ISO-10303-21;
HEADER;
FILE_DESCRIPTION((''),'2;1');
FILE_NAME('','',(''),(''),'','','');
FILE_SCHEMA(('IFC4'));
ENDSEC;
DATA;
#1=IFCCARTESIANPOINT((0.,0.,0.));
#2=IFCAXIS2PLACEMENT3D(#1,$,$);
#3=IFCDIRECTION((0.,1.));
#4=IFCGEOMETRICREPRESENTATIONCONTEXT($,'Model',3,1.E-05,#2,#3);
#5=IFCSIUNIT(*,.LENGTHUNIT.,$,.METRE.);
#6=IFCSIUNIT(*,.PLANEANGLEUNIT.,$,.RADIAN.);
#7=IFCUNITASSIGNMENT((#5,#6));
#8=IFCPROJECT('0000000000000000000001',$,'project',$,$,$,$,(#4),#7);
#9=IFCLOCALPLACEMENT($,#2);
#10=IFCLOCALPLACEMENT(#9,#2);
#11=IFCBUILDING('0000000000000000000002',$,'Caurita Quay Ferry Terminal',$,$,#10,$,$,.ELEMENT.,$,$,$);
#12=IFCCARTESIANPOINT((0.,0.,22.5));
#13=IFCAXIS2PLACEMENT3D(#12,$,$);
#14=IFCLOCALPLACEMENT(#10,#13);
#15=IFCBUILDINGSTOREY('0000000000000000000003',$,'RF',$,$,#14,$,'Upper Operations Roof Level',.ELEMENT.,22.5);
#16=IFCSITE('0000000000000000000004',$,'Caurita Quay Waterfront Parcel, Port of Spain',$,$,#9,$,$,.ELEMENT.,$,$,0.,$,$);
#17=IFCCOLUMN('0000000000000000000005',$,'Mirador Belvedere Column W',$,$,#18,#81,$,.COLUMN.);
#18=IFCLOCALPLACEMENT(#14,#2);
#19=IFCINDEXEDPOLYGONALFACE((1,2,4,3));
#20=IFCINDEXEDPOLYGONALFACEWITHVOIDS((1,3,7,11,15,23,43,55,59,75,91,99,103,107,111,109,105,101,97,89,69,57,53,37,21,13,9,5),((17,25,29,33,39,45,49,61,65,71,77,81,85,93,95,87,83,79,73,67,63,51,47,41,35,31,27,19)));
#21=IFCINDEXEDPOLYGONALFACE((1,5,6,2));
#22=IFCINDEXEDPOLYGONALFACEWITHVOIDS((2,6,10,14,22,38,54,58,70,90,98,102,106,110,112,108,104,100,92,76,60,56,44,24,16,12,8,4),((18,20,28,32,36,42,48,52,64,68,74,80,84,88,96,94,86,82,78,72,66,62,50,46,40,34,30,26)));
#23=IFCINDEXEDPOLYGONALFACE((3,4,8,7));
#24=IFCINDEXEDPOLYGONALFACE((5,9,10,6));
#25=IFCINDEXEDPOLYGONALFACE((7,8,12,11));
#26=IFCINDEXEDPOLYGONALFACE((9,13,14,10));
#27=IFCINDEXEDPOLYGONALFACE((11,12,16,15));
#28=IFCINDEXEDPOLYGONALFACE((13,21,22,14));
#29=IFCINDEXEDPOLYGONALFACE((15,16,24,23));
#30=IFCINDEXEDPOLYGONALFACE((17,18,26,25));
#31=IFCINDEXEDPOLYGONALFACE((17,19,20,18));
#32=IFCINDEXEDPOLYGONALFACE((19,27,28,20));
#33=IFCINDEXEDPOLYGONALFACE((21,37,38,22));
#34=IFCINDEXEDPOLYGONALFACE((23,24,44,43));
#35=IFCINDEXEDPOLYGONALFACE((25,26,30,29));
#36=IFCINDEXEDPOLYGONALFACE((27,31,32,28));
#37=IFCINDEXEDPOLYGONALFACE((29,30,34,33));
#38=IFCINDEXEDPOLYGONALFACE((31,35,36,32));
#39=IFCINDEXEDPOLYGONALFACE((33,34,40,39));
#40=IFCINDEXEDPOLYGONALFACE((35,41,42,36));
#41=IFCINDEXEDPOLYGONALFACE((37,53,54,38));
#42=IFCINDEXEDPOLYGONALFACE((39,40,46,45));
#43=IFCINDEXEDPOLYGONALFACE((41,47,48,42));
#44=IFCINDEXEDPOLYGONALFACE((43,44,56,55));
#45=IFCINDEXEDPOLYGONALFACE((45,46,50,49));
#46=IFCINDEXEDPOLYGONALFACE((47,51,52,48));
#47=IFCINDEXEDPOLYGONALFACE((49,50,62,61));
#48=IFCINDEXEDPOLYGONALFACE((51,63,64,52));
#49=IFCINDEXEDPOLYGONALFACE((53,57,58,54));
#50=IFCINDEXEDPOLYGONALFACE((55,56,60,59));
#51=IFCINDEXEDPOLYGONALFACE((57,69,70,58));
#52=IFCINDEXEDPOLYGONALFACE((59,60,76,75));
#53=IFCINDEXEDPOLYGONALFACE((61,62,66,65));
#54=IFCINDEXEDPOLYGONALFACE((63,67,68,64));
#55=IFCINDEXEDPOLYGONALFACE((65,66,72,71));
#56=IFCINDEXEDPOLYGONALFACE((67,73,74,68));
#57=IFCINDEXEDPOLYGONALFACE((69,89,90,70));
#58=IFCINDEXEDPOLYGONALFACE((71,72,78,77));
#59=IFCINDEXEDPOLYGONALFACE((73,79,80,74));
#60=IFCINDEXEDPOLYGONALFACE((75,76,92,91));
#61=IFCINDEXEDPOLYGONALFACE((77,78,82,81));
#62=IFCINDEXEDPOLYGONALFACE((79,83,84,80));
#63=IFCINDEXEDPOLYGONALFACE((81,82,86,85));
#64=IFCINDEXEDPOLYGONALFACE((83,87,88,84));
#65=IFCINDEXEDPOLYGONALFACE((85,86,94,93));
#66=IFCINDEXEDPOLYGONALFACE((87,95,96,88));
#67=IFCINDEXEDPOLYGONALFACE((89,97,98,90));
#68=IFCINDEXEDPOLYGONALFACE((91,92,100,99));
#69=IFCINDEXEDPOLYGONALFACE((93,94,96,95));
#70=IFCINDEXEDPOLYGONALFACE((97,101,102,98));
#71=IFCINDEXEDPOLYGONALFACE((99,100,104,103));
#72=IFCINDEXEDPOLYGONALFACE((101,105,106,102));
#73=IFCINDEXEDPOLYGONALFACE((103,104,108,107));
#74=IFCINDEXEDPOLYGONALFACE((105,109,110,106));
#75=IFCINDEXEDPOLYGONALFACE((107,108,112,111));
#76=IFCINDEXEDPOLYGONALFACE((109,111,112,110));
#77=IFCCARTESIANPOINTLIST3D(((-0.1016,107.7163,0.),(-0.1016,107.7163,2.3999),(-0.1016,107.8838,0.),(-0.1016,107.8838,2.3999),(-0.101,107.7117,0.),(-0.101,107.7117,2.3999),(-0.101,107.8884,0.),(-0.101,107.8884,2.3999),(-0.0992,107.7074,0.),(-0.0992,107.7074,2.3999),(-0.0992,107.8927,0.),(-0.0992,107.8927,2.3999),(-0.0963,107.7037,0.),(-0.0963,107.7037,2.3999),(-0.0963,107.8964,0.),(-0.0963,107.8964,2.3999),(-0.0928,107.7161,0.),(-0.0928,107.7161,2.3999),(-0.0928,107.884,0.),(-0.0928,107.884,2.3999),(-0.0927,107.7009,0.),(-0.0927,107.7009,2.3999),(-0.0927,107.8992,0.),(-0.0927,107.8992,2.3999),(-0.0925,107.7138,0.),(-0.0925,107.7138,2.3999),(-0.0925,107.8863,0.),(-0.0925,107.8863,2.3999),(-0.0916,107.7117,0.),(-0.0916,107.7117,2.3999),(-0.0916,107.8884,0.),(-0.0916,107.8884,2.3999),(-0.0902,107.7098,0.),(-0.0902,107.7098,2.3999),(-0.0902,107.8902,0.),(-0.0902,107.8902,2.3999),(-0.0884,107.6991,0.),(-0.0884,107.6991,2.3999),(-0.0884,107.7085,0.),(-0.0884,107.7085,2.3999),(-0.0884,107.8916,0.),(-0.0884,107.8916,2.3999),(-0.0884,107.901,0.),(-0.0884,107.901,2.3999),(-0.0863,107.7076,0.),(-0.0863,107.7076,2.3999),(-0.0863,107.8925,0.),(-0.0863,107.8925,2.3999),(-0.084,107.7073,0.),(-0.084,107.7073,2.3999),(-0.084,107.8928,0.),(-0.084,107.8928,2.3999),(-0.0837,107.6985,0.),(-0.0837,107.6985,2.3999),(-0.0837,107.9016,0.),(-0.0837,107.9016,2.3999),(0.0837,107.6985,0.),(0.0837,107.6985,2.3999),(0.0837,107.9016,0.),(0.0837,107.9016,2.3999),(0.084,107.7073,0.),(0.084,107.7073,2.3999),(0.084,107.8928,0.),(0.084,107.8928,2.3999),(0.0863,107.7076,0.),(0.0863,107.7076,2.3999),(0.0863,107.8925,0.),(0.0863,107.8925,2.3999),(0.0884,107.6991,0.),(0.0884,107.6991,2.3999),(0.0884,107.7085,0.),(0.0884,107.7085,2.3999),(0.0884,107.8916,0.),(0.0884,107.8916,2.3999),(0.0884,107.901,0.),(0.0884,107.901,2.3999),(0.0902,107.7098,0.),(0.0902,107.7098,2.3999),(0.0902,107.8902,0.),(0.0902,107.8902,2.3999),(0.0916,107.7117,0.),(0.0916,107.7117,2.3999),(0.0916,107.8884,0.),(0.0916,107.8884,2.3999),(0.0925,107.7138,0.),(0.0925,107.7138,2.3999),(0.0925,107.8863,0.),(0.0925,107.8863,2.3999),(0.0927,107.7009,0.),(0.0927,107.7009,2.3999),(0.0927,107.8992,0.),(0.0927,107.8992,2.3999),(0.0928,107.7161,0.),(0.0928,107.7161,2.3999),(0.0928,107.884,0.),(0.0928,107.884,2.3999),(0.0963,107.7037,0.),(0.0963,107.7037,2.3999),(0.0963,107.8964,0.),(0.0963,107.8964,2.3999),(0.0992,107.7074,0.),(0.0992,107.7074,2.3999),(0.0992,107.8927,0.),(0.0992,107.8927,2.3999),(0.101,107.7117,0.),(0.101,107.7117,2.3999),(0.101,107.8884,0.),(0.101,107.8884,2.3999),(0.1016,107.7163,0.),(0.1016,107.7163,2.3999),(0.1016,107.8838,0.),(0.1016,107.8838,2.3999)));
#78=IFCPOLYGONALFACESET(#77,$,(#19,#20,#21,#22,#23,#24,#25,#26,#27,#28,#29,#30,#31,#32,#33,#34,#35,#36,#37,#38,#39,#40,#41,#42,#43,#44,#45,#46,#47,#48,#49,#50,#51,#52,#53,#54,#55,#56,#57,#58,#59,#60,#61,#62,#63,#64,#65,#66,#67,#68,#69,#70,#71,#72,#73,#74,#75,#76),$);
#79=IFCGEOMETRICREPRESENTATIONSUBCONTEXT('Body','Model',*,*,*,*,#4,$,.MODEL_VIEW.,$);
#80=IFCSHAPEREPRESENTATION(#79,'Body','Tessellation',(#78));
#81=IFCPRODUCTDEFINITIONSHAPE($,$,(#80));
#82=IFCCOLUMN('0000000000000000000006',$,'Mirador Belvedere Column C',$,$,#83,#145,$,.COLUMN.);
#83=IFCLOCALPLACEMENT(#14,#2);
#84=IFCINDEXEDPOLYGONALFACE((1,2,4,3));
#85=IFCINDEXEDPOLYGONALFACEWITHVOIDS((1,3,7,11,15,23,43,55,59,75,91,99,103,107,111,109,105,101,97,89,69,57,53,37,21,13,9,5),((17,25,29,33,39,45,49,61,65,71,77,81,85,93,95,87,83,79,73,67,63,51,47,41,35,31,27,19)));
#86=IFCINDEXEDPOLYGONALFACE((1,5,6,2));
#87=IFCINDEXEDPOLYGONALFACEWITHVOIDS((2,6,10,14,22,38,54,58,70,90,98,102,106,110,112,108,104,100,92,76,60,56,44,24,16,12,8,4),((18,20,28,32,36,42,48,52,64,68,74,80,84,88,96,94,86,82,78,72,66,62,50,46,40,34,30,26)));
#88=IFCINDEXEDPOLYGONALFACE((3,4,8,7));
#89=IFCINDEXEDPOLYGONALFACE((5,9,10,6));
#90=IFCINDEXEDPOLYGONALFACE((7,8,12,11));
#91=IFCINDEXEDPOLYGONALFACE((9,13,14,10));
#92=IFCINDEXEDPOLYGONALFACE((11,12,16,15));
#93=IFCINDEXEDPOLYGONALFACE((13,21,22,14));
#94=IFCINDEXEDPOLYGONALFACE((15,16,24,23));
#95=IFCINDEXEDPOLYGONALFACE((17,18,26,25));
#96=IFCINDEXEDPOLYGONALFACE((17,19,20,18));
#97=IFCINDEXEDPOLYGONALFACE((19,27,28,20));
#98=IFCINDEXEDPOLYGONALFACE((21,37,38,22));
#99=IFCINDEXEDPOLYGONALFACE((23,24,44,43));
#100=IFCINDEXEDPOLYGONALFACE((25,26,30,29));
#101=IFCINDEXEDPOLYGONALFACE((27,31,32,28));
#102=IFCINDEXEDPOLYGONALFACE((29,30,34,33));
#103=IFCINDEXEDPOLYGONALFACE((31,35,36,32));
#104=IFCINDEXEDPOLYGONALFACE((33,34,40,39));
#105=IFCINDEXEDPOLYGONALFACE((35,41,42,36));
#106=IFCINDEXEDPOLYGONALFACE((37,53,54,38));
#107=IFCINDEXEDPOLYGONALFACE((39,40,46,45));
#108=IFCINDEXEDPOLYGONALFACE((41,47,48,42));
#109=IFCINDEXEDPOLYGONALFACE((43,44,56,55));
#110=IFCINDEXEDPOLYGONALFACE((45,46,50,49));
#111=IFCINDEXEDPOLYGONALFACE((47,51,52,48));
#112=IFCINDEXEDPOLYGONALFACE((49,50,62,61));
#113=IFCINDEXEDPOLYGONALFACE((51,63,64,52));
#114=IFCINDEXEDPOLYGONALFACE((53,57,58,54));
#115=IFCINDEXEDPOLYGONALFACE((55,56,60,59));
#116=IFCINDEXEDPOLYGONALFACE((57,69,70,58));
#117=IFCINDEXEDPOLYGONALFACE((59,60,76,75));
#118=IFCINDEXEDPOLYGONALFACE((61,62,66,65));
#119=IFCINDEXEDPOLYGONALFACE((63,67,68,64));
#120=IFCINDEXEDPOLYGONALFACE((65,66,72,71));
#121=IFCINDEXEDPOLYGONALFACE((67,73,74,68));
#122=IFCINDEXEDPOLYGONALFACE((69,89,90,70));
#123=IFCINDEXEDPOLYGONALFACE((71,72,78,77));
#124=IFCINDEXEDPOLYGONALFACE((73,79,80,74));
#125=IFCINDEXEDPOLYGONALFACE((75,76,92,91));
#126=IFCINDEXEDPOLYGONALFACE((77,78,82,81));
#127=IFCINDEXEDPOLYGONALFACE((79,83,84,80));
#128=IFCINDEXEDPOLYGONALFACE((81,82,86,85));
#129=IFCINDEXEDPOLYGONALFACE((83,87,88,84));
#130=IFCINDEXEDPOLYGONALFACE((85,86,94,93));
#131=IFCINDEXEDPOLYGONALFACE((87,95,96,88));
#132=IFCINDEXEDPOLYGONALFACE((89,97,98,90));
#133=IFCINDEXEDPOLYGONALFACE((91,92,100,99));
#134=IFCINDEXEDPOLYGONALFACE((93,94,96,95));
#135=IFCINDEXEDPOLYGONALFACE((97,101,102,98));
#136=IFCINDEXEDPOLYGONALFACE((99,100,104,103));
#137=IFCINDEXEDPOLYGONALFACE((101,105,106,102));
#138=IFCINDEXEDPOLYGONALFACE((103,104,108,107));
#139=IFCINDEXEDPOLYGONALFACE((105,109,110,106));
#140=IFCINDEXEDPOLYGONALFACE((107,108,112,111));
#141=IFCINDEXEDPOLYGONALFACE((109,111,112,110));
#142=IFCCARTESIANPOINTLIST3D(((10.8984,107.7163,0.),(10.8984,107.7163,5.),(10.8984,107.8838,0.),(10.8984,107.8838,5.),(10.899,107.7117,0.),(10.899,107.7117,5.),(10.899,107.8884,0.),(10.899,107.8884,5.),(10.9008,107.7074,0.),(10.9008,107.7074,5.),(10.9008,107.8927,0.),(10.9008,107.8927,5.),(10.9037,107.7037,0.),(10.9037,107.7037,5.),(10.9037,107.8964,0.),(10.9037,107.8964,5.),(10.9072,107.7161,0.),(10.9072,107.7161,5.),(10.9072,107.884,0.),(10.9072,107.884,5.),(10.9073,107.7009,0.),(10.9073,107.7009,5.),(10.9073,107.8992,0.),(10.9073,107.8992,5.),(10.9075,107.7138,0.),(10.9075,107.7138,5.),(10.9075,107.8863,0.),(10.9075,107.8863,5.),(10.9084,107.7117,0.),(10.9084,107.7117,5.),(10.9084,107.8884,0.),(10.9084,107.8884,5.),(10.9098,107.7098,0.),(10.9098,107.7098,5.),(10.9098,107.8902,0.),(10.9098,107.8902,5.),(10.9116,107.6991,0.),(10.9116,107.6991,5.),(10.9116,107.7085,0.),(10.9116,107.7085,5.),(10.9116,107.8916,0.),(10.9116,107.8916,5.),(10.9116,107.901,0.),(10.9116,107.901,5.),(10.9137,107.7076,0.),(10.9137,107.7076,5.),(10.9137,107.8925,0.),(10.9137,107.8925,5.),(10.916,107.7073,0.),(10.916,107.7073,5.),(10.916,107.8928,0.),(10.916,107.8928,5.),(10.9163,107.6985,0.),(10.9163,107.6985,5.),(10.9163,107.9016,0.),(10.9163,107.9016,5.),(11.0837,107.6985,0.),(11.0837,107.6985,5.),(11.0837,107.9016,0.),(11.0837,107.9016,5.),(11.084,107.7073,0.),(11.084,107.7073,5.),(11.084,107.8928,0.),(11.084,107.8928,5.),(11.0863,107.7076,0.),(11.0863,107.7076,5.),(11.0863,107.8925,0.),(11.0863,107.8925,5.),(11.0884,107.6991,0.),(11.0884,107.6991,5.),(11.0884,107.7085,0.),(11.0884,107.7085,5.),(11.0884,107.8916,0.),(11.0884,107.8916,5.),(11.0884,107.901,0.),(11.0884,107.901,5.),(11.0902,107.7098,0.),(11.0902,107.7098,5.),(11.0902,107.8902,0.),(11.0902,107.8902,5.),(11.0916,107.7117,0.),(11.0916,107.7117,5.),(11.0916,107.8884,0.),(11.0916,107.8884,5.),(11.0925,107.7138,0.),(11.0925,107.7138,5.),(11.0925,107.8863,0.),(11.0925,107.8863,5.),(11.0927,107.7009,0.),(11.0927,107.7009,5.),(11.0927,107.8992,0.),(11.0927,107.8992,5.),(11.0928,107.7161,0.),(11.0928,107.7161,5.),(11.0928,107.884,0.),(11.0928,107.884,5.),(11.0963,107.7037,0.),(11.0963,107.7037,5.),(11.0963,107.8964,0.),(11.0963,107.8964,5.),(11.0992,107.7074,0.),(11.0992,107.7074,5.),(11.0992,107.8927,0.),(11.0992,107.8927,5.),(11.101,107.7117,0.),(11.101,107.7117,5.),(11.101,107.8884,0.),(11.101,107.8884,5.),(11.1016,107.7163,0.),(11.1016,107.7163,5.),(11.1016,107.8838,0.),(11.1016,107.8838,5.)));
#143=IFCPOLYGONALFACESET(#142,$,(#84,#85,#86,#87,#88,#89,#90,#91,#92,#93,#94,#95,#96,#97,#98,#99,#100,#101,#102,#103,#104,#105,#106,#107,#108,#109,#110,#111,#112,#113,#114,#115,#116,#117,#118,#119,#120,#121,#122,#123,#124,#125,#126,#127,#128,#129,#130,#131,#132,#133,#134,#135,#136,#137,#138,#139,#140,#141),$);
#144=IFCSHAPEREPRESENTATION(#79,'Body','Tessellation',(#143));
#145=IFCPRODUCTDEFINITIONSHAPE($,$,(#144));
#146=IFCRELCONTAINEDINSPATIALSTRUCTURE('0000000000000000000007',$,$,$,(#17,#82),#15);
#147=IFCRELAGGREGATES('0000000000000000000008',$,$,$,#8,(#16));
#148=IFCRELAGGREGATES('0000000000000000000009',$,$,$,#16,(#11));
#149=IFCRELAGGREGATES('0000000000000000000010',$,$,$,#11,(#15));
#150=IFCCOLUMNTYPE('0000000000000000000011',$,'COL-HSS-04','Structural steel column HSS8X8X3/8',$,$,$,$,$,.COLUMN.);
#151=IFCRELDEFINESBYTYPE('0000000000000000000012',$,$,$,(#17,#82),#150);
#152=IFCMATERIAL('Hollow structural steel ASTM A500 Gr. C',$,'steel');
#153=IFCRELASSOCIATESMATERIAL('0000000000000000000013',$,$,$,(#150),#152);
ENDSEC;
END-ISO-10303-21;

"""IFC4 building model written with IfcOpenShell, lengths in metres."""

from ifc_helpers import new_model, si_unit, direction, frame, origin, origin_2d, place, context, subcontext, project, spatial, hollow_rectangle, extrude, material, material_profile, profile_set, type_object, element, save


model = new_model("IFC4")

# Units and contexts
model_context = context("Model", 3, precision=1e-05, world=origin(), true_north=direction((0.0, 1.0)))
body_context = subcontext(model_context, "Body", "Model", "MODEL_VIEW")
ifc_project = project(units=[si_unit("LENGTHUNIT", "METRE"), si_unit("PLANEANGLEUNIT", "RADIAN")], contexts=[model_context])

# Site, building, storey
site_placement = place(None, origin())
site = spatial("IfcSite", under=ifc_project, at=site_placement, Name="Caurita Quay Waterfront Parcel, Port of Spain", CompositionType="ELEMENT", RefElevation=0.0)
building_placement = place(site_placement, origin())
building = spatial("IfcBuilding", under=site, at=building_placement, Name="Caurita Quay Ferry Terminal", CompositionType="ELEMENT")
storey_placement = place(building_placement, frame((0.0, 0.0, 22.5)))
storey = spatial("IfcBuildingStorey", under=building, at=storey_placement, Name="RF", LongName="Upper Operations Roof Level", CompositionType="ELEMENT", Elevation=22.5)

# Columns
ifc_material_1 = material(Name="Hollow structural steel ASTM A500 Gr. C", Category="steel")
ifc_material_profile_1 = material_profile(ifc_material_1, hollow_rectangle(XDim=0.2031, YDim=0.2031, WallThickness=0.0088, InnerFilletRadius=0.0088, OuterFilletRadius=0.0178, at=origin_2d()), Name="HSS8X8X3/8")
ifc_profile_set_1 = profile_set([ifc_material_profile_1], Name="Hollow structural steel ASTM A500 Gr. C")
column_type = type_object("IfcColumnType", Name="COL-HSS-04", Description="Structural steel column HSS8X8X3/8", PredefinedType="COLUMN", material=ifc_profile_set_1)
column_1_placement = place(storey_placement, frame((0.0, 107.8, 0.0), z_axis=(0.0, 0.0, 1.0), x_axis=(1.0, 0.0, 0.0)))
element("IfcColumn", 1, at=column_1_placement, inside=storey, type_object=column_type, Name="Mirador Belvedere Column W", PredefinedType="COLUMN", context=body_context, shape_type="SweptSolid", body=[
    extrude(hollow_rectangle(XDim=0.2031, YDim=0.2031, WallThickness=0.0088, InnerFilletRadius=0.0088, OuterFilletRadius=0.0178, at=origin_2d()), origin(), (0.0, 0.0, 1.0), 2.3999),
])
column_2_placement = place(storey_placement, frame((11.0, 107.8, 0.0), z_axis=(0.0, 0.0, 1.0), x_axis=(1.0, 0.0, 0.0)))
element("IfcColumn", 2, at=column_2_placement, inside=storey, type_object=column_type, Name="Mirador Belvedere Column C", PredefinedType="COLUMN", context=body_context, shape_type="SweptSolid", body=[
    extrude(hollow_rectangle(XDim=0.2031, YDim=0.2031, WallThickness=0.0088, InnerFilletRadius=0.0088, OuterFilletRadius=0.0178, at=origin_2d()), origin(), (0.0, 0.0, 1.0), 5.0),
])

save(model, "model.ifc")
